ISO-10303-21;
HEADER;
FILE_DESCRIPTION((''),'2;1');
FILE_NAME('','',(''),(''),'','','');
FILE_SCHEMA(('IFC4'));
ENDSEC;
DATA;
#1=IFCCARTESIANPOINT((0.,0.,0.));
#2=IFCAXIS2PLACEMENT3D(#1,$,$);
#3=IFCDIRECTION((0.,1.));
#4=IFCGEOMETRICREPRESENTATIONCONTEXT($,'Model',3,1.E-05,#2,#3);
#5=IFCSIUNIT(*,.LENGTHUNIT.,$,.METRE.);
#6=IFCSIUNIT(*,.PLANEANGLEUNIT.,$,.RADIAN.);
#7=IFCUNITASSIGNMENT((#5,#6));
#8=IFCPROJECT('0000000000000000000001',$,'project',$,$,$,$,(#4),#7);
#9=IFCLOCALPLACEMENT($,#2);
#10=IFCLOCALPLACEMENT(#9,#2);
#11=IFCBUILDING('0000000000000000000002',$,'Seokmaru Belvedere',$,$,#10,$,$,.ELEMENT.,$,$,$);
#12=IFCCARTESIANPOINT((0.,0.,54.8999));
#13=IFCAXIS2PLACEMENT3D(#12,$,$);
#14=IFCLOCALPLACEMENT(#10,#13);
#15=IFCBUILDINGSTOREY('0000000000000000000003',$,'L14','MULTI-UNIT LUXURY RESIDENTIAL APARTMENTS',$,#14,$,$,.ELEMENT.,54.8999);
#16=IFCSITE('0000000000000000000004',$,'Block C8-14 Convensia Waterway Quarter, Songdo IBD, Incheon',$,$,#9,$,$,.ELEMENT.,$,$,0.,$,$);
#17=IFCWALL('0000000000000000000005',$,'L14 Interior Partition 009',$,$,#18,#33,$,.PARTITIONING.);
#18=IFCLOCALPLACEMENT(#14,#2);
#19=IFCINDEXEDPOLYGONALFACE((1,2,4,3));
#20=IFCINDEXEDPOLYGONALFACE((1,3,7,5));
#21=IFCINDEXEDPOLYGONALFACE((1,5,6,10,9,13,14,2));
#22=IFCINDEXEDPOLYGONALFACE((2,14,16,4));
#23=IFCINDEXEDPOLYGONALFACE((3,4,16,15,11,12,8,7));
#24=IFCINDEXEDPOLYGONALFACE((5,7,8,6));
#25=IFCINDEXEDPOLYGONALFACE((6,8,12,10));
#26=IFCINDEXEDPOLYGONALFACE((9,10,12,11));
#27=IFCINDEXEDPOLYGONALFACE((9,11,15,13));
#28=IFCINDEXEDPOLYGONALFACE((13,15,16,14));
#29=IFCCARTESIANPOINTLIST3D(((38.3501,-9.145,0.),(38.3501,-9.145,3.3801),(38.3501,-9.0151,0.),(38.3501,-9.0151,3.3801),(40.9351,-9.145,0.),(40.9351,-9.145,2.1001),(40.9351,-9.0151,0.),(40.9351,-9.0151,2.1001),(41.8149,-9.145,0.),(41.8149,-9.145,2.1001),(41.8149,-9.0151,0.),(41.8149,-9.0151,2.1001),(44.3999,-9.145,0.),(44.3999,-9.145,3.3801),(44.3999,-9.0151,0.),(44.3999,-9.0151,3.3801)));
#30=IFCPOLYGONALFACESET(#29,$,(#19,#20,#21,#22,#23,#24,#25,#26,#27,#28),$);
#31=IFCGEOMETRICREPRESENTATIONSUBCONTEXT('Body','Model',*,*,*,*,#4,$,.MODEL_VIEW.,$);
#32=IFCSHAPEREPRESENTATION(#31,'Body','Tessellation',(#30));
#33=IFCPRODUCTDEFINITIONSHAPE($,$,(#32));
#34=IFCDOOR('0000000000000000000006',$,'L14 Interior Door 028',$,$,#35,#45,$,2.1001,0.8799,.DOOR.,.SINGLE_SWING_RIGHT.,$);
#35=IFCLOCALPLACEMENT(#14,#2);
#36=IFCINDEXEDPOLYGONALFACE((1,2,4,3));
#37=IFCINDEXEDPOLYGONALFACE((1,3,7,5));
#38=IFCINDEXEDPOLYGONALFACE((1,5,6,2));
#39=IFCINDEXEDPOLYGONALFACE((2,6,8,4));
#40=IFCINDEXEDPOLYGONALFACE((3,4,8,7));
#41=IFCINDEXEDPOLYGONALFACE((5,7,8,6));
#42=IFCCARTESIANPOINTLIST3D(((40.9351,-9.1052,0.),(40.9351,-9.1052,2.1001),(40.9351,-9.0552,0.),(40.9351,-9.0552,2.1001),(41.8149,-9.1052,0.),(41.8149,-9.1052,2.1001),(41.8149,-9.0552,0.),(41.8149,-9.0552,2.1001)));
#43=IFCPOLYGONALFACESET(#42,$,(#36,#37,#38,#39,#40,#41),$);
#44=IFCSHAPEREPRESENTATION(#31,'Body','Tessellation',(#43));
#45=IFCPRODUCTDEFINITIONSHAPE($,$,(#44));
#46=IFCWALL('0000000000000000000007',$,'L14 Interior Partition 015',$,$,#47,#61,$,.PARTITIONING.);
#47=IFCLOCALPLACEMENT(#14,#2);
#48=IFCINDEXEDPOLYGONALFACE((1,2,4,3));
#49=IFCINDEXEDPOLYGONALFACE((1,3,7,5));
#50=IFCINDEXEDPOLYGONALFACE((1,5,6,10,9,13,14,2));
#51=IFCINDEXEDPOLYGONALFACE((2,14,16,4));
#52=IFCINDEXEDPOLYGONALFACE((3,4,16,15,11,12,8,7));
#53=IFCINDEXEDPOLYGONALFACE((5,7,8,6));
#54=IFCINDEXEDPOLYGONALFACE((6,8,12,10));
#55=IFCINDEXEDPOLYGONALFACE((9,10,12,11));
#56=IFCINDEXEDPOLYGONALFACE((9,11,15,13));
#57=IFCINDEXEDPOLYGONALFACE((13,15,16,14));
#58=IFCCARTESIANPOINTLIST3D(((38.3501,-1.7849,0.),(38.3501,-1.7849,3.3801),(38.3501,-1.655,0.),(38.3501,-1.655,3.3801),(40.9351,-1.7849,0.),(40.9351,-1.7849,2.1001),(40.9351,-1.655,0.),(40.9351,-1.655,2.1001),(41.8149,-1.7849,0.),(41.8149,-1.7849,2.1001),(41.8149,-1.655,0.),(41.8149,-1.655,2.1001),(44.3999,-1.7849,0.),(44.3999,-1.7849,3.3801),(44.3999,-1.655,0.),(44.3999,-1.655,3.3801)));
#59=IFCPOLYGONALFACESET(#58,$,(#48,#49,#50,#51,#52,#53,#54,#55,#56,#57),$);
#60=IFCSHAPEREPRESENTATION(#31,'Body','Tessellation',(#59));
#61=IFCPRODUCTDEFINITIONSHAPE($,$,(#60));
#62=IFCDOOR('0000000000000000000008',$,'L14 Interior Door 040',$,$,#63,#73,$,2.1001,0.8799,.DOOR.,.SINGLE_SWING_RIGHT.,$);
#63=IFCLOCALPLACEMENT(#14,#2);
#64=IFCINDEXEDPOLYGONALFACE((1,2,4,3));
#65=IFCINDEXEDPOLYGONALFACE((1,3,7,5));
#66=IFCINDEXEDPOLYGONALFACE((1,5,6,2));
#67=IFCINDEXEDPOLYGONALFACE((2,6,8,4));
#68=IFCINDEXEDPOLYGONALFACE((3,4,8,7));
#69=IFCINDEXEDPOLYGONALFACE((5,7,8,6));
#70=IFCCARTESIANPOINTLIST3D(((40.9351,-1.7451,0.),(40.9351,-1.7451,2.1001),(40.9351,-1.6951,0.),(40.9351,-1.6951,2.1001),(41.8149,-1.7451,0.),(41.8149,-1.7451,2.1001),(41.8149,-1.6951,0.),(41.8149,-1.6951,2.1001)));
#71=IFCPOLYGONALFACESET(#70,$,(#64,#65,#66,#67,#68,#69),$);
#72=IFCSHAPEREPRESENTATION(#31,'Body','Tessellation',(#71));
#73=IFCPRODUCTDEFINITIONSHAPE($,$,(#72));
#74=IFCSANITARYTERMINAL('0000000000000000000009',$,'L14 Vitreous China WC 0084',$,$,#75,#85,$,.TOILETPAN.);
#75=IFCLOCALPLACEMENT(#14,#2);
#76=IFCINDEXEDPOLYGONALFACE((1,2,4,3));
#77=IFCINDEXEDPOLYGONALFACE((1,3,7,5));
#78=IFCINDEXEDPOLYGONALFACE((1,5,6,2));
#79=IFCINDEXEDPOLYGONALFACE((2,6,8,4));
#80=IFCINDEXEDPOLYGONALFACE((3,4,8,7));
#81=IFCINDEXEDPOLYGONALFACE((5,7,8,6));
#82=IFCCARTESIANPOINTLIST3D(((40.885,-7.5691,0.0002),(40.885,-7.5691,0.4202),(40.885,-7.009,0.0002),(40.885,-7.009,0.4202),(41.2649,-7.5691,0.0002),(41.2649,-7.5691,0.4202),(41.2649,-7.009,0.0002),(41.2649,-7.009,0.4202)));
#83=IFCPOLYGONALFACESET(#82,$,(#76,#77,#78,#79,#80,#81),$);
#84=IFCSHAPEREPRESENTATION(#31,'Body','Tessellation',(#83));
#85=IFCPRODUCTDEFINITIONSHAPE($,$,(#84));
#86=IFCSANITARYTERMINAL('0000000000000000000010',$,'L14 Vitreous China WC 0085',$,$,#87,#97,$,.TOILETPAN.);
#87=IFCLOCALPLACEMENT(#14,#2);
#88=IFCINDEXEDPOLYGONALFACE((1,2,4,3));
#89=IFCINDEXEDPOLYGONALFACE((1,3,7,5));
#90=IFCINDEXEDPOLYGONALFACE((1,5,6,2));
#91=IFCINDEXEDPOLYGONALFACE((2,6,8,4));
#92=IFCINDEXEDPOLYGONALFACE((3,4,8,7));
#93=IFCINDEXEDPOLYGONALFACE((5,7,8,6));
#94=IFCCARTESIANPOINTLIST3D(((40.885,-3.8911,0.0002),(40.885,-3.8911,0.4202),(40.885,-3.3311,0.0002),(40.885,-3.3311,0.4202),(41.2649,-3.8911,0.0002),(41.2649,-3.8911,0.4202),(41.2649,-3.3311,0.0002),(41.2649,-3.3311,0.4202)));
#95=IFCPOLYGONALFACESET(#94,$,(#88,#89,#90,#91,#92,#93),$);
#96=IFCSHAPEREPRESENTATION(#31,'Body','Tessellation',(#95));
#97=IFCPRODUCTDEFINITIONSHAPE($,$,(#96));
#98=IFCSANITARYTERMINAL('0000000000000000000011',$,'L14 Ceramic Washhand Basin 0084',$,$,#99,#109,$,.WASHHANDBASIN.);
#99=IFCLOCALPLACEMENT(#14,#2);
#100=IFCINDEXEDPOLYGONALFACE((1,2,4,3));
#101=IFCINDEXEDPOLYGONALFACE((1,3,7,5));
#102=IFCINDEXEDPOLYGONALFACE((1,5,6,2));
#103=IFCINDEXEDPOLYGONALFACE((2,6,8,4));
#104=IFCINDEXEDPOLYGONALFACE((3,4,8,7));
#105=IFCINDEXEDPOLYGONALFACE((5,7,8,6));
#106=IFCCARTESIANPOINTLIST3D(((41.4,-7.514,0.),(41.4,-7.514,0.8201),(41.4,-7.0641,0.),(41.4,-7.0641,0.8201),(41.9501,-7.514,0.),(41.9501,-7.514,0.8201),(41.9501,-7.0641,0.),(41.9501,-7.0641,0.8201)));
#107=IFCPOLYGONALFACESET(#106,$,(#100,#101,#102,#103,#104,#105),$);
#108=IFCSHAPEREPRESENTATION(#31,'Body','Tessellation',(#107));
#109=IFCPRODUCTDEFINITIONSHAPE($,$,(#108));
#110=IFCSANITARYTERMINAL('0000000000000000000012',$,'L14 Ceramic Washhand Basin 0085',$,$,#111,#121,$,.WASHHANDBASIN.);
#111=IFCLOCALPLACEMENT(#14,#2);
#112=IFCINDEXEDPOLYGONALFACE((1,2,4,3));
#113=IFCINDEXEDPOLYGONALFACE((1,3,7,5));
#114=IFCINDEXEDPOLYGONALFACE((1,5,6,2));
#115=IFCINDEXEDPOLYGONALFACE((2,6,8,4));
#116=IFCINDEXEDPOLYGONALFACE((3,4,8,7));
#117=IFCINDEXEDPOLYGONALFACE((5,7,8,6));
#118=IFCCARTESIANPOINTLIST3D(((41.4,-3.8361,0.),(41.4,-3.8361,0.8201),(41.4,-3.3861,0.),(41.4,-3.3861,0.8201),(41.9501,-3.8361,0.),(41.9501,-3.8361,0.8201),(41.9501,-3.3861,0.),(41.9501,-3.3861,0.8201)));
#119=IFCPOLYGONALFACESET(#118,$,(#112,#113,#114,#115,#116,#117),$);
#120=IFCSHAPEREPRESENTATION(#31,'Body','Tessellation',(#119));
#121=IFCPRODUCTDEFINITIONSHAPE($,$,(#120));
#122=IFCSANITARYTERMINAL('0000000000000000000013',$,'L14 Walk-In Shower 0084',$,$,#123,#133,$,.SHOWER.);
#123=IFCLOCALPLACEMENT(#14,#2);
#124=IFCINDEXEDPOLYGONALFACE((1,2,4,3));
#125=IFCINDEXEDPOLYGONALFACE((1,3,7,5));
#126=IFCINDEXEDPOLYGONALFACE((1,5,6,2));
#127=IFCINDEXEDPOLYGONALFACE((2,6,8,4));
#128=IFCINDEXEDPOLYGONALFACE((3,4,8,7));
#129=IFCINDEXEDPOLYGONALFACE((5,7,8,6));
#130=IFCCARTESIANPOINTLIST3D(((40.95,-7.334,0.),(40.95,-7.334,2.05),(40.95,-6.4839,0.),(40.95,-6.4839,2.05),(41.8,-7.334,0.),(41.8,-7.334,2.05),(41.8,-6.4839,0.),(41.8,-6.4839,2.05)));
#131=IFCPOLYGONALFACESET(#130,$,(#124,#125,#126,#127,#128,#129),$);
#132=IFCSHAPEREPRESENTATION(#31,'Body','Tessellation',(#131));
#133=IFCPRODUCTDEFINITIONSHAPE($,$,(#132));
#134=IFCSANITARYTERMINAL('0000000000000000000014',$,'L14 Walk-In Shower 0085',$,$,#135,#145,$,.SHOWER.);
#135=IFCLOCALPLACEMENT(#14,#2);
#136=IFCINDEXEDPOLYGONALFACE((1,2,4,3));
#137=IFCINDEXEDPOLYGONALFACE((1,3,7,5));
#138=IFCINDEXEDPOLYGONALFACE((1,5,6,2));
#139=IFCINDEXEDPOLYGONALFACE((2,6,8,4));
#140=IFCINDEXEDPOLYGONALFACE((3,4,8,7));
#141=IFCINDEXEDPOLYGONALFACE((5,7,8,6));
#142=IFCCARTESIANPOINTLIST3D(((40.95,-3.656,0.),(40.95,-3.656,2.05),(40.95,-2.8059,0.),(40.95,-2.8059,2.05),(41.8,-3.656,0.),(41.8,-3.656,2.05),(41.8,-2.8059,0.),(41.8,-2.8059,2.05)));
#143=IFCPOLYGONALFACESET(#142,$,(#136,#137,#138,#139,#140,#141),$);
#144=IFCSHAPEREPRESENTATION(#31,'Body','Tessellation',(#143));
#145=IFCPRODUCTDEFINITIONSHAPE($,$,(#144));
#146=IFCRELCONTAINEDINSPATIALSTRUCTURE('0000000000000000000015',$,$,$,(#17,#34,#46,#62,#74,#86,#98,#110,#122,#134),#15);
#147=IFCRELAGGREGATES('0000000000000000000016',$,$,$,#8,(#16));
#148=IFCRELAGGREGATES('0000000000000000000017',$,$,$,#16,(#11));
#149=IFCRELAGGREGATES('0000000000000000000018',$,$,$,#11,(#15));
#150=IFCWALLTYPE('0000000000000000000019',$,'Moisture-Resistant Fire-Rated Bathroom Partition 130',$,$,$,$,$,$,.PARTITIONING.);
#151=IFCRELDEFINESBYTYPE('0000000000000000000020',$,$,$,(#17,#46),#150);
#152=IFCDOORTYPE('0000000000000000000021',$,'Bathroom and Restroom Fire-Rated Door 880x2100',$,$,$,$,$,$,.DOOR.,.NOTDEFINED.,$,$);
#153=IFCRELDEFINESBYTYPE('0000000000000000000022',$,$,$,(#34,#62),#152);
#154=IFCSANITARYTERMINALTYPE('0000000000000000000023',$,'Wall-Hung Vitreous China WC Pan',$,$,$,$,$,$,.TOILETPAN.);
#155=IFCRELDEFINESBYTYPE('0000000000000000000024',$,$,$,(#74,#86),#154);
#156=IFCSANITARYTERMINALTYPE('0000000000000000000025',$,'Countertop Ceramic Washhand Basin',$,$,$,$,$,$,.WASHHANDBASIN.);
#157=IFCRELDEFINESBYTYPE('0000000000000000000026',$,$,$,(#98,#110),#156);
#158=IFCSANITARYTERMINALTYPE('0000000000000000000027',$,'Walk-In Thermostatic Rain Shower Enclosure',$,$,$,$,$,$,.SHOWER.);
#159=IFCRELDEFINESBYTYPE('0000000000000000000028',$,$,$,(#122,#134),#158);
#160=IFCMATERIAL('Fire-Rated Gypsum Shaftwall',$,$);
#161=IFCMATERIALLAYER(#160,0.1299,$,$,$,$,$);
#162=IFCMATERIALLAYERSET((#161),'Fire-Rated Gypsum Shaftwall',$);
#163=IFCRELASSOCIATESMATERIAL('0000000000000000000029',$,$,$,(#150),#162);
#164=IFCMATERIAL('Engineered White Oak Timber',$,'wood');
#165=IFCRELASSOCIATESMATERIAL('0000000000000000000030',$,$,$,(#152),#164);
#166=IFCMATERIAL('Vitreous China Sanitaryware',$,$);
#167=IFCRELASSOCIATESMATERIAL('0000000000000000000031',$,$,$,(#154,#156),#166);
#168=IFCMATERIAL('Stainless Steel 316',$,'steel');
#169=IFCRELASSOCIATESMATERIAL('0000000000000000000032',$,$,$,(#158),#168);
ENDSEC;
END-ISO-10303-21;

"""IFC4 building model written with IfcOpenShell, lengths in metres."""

from ifc_helpers import new_model, si_unit, direction, frame, frame_2d, origin, origin_2d, place, context, subcontext, project, spatial, rectangle, extrude, source, transform, mapped, material, layer, layer_set, type_object, type_shapes, element, fill, save


model = new_model("IFC4")

# Units and contexts
model_context = context("Model", 3, precision=1e-05, world=origin(), true_north=direction((0.0, 1.0)))
body_context = subcontext(model_context, "Body", "Model", "MODEL_VIEW")
ifc_project = project(units=[si_unit("LENGTHUNIT", "METRE"), si_unit("PLANEANGLEUNIT", "RADIAN")], contexts=[model_context])

# Site, building, storey
site_placement = place(None, origin())
site = spatial("IfcSite", under=ifc_project, at=site_placement, Name="Block C8-14 Convensia Waterway Quarter, Songdo IBD, Incheon", CompositionType="ELEMENT", RefElevation=0.0)
building_placement = place(site_placement, origin())
building = spatial("IfcBuilding", under=site, at=building_placement, Name="Seokmaru Belvedere", CompositionType="ELEMENT")
storey_placement = place(building_placement, frame((0.0, 0.0, 54.8999)))
storey = spatial("IfcBuildingStorey", under=building, at=storey_placement, Name="L14", Description="MULTI-UNIT LUXURY RESIDENTIAL APARTMENTS", CompositionType="ELEMENT", Elevation=54.8999)

# Shared definitions
ifc_material_1 = material(Name="Fire-Rated Gypsum Shaftwall")

# Shared definitions
ifc_material_2 = material(Name="Engineered White Oak Timber", Category="wood")

# Walls, openings, doors
ifc_layer_1 = layer(ifc_material_1, 0.1299)
ifc_layer_set_1 = layer_set([ifc_layer_1], Name="Fire-Rated Gypsum Shaftwall")
wall_type_1 = type_object("IfcWallType", Name="Moisture-Resistant Fire-Rated Bathroom Partition 130", PredefinedType="PARTITIONING", material=ifc_layer_set_1)
wall_1_placement = place(storey_placement, frame((38.3501, -9.0801, 0.0), z_axis=(0.0, 0.0, 1.0), x_axis=(1.0, 0.0, 0.0)))
wall_1 = element("IfcWall", 1, at=wall_1_placement, inside=storey, type_object=wall_type_1, Name="L14 Interior Partition 009", PredefinedType="PARTITIONING", context=body_context, shape_type="SweptSolid", body=[
    extrude(rectangle(XDim=6.0498, YDim=0.1299, at=frame_2d((3.0249, 0.0))), origin(), (0.0, 0.0, 1.0), 3.3801),
])
opening_1_placement = place(wall_1_placement, frame((2.585, 0.0, 0.0)))
opening_1 = element("IfcOpeningElement", 2, at=opening_1_placement, cuts=wall_1, PredefinedType="OPENING", context=body_context, shape_type="SweptSolid", body=[
    extrude(rectangle(XDim=0.8799, YDim=2.1001, at=frame_2d((0.4399, 1.05))), frame((0.0, 0.075, 0.0), z_axis=(0.0, -1.0, 0.0), x_axis=(1.0, 0.0, 0.0)), (0.0, 0.0, 1.0), 0.1499),
])
door_type_1 = type_object("IfcDoorType", Name="Bathroom and Restroom Fire-Rated Door 880x2100", OperationType="NOTDEFINED", PredefinedType="DOOR", material=ifc_material_2)
shared_shape_1 = source(origin(), body_context, "Body", "SweptSolid", [
    extrude(rectangle(XDim=0.8799, YDim=2.1001, at=frame_2d((0.4399, 1.05))), frame((0.0, 0.0249, 0.0), z_axis=(0.0, -1.0, 0.0), x_axis=(1.0, 0.0, 0.0)), (0.0, 0.0, 1.0), 0.05),
])
type_shapes(door_type_1, [shared_shape_1])
door_1_placement = place(opening_1_placement, origin())
door_1 = element("IfcDoor", 3, at=door_1_placement, inside=storey, type_object=door_type_1, Name="L14 Interior Door 028", OperationType="SINGLE_SWING_RIGHT", OverallHeight=2.1001, OverallWidth=0.8799, PredefinedType="DOOR", context=body_context, shape_type="MappedRepresentation", body=[
    mapped(shared_shape_1, transform((0.0, 0.0, 0.0), scale=1.0)),
])
fill(opening_1, door_1)
wall_2_placement = place(storey_placement, frame((38.3501, -1.72, 0.0), z_axis=(0.0, 0.0, 1.0), x_axis=(1.0, 0.0, 0.0)))
wall_2 = element("IfcWall", 4, at=wall_2_placement, inside=storey, type_object=wall_type_1, Name="L14 Interior Partition 015", PredefinedType="PARTITIONING", context=body_context, shape_type="SweptSolid", body=[
    extrude(rectangle(XDim=6.0498, YDim=0.1299, at=frame_2d((3.0249, 0.0))), origin(), (0.0, 0.0, 1.0), 3.3801),
])
opening_2_placement = place(wall_2_placement, frame((2.585, 0.0, 0.0)))
opening_2 = element("IfcOpeningElement", 5, at=opening_2_placement, cuts=wall_2, PredefinedType="OPENING", context=body_context, shape_type="SweptSolid", body=[
    extrude(rectangle(XDim=0.8799, YDim=2.1001, at=frame_2d((0.4399, 1.05))), frame((0.0, 0.075, 0.0), z_axis=(0.0, -1.0, 0.0), x_axis=(1.0, 0.0, 0.0)), (0.0, 0.0, 1.0), 0.1499),
])
door_2_placement = place(opening_2_placement, origin())
door_2 = element("IfcDoor", 6, at=door_2_placement, inside=storey, type_object=door_type_1, Name="L14 Interior Door 040", OperationType="SINGLE_SWING_RIGHT", OverallHeight=2.1001, OverallWidth=0.8799, PredefinedType="DOOR", context=body_context, shape_type="MappedRepresentation", body=[
    mapped(shared_shape_1, transform((0.0, 0.0, 0.0), scale=1.0)),
])
fill(opening_2, door_2)

# Sanitary terminals
ifc_material_3 = material(Name="Vitreous China Sanitaryware")
sanitary_terminal_type_1 = type_object("IfcSanitaryTerminalType", Name="Wall-Hung Vitreous China WC Pan", PredefinedType="TOILETPAN", material=ifc_material_3)
shared_shape_2 = source(origin(), body_context, "Body", "SweptSolid", [
    extrude(rectangle(XDim=0.3799, YDim=0.5601, at=origin_2d()), origin(), (0.0, 0.0, 1.0), 0.4199),
])
type_shapes(sanitary_terminal_type_1, [shared_shape_2])
for number, where, z_axis, x_axis, name in (
    (7, (41.075, -7.2891, 0.0002), (0.0, 0.0, 1.0), (1.0, 0.0, 0.0), "L14 Vitreous China WC 0084"),
    (8, (41.075, -3.6111, 0.0002), (0.0, 0.0, 1.0), (1.0, 0.0, 0.0), "L14 Vitreous China WC 0085"),
):
    element("IfcSanitaryTerminal", number, at=place(storey_placement, frame(where, z_axis=z_axis, x_axis=x_axis)), inside=storey, type_object=sanitary_terminal_type_1, Name=name, PredefinedType="TOILETPAN", context=body_context, shape_type="MappedRepresentation", body=[
        mapped(shared_shape_2, transform((0.0, 0.0, 0.0), scale=1.0)),
    ])
sanitary_terminal_type_2 = type_object("IfcSanitaryTerminalType", Name="Countertop Ceramic Washhand Basin", PredefinedType="WASHHANDBASIN", material=ifc_material_3)
shared_shape_3 = source(origin(), body_context, "Body", "SweptSolid", [
    extrude(rectangle(XDim=0.55, YDim=0.45, at=origin_2d()), origin(), (0.0, 0.0, 1.0), 0.8201),
])
type_shapes(sanitary_terminal_type_2, [shared_shape_3])
for number, where, z_axis, x_axis, name in (
    (9, (41.675, -7.2891, 0.0), (0.0, 0.0, 1.0), (1.0, 0.0, 0.0), "L14 Ceramic Washhand Basin 0084"),
    (10, (41.675, -3.6111, 0.0), (0.0, 0.0, 1.0), (1.0, 0.0, 0.0), "L14 Ceramic Washhand Basin 0085"),
):
    element("IfcSanitaryTerminal", number, at=place(storey_placement, frame(where, z_axis=z_axis, x_axis=x_axis)), inside=storey, type_object=sanitary_terminal_type_2, Name=name, PredefinedType="WASHHANDBASIN", context=body_context, shape_type="MappedRepresentation", body=[
        mapped(shared_shape_3, transform((0.0, 0.0, 0.0), scale=1.0)),
    ])
ifc_material_4 = material(Name="Stainless Steel 316", Category="steel")
sanitary_terminal_type_3 = type_object("IfcSanitaryTerminalType", Name="Walk-In Thermostatic Rain Shower Enclosure", PredefinedType="SHOWER", material=ifc_material_4)
shared_shape_4 = source(origin(), body_context, "Body", "SweptSolid", [
    extrude(rectangle(XDim=0.8501, YDim=0.8501, at=origin_2d()), origin(), (0.0, 0.0, 1.0), 2.05),
])
type_shapes(sanitary_terminal_type_3, [shared_shape_4])
for number, where, z_axis, x_axis, name in (
    (11, (41.375, -6.9089, 0.0), (0.0, 0.0, 1.0), (1.0, 0.0, 0.0), "L14 Walk-In Shower 0084"),
    (12, (41.375, -3.231, 0.0), (0.0, 0.0, 1.0), (1.0, 0.0, 0.0), "L14 Walk-In Shower 0085"),
):
    element("IfcSanitaryTerminal", number, at=place(storey_placement, frame(where, z_axis=z_axis, x_axis=x_axis)), inside=storey, type_object=sanitary_terminal_type_3, Name=name, PredefinedType="SHOWER", context=body_context, shape_type="MappedRepresentation", body=[
        mapped(shared_shape_4, transform((0.0, 0.0, 0.0), scale=1.0)),
    ])

save(model, "model.ifc")
